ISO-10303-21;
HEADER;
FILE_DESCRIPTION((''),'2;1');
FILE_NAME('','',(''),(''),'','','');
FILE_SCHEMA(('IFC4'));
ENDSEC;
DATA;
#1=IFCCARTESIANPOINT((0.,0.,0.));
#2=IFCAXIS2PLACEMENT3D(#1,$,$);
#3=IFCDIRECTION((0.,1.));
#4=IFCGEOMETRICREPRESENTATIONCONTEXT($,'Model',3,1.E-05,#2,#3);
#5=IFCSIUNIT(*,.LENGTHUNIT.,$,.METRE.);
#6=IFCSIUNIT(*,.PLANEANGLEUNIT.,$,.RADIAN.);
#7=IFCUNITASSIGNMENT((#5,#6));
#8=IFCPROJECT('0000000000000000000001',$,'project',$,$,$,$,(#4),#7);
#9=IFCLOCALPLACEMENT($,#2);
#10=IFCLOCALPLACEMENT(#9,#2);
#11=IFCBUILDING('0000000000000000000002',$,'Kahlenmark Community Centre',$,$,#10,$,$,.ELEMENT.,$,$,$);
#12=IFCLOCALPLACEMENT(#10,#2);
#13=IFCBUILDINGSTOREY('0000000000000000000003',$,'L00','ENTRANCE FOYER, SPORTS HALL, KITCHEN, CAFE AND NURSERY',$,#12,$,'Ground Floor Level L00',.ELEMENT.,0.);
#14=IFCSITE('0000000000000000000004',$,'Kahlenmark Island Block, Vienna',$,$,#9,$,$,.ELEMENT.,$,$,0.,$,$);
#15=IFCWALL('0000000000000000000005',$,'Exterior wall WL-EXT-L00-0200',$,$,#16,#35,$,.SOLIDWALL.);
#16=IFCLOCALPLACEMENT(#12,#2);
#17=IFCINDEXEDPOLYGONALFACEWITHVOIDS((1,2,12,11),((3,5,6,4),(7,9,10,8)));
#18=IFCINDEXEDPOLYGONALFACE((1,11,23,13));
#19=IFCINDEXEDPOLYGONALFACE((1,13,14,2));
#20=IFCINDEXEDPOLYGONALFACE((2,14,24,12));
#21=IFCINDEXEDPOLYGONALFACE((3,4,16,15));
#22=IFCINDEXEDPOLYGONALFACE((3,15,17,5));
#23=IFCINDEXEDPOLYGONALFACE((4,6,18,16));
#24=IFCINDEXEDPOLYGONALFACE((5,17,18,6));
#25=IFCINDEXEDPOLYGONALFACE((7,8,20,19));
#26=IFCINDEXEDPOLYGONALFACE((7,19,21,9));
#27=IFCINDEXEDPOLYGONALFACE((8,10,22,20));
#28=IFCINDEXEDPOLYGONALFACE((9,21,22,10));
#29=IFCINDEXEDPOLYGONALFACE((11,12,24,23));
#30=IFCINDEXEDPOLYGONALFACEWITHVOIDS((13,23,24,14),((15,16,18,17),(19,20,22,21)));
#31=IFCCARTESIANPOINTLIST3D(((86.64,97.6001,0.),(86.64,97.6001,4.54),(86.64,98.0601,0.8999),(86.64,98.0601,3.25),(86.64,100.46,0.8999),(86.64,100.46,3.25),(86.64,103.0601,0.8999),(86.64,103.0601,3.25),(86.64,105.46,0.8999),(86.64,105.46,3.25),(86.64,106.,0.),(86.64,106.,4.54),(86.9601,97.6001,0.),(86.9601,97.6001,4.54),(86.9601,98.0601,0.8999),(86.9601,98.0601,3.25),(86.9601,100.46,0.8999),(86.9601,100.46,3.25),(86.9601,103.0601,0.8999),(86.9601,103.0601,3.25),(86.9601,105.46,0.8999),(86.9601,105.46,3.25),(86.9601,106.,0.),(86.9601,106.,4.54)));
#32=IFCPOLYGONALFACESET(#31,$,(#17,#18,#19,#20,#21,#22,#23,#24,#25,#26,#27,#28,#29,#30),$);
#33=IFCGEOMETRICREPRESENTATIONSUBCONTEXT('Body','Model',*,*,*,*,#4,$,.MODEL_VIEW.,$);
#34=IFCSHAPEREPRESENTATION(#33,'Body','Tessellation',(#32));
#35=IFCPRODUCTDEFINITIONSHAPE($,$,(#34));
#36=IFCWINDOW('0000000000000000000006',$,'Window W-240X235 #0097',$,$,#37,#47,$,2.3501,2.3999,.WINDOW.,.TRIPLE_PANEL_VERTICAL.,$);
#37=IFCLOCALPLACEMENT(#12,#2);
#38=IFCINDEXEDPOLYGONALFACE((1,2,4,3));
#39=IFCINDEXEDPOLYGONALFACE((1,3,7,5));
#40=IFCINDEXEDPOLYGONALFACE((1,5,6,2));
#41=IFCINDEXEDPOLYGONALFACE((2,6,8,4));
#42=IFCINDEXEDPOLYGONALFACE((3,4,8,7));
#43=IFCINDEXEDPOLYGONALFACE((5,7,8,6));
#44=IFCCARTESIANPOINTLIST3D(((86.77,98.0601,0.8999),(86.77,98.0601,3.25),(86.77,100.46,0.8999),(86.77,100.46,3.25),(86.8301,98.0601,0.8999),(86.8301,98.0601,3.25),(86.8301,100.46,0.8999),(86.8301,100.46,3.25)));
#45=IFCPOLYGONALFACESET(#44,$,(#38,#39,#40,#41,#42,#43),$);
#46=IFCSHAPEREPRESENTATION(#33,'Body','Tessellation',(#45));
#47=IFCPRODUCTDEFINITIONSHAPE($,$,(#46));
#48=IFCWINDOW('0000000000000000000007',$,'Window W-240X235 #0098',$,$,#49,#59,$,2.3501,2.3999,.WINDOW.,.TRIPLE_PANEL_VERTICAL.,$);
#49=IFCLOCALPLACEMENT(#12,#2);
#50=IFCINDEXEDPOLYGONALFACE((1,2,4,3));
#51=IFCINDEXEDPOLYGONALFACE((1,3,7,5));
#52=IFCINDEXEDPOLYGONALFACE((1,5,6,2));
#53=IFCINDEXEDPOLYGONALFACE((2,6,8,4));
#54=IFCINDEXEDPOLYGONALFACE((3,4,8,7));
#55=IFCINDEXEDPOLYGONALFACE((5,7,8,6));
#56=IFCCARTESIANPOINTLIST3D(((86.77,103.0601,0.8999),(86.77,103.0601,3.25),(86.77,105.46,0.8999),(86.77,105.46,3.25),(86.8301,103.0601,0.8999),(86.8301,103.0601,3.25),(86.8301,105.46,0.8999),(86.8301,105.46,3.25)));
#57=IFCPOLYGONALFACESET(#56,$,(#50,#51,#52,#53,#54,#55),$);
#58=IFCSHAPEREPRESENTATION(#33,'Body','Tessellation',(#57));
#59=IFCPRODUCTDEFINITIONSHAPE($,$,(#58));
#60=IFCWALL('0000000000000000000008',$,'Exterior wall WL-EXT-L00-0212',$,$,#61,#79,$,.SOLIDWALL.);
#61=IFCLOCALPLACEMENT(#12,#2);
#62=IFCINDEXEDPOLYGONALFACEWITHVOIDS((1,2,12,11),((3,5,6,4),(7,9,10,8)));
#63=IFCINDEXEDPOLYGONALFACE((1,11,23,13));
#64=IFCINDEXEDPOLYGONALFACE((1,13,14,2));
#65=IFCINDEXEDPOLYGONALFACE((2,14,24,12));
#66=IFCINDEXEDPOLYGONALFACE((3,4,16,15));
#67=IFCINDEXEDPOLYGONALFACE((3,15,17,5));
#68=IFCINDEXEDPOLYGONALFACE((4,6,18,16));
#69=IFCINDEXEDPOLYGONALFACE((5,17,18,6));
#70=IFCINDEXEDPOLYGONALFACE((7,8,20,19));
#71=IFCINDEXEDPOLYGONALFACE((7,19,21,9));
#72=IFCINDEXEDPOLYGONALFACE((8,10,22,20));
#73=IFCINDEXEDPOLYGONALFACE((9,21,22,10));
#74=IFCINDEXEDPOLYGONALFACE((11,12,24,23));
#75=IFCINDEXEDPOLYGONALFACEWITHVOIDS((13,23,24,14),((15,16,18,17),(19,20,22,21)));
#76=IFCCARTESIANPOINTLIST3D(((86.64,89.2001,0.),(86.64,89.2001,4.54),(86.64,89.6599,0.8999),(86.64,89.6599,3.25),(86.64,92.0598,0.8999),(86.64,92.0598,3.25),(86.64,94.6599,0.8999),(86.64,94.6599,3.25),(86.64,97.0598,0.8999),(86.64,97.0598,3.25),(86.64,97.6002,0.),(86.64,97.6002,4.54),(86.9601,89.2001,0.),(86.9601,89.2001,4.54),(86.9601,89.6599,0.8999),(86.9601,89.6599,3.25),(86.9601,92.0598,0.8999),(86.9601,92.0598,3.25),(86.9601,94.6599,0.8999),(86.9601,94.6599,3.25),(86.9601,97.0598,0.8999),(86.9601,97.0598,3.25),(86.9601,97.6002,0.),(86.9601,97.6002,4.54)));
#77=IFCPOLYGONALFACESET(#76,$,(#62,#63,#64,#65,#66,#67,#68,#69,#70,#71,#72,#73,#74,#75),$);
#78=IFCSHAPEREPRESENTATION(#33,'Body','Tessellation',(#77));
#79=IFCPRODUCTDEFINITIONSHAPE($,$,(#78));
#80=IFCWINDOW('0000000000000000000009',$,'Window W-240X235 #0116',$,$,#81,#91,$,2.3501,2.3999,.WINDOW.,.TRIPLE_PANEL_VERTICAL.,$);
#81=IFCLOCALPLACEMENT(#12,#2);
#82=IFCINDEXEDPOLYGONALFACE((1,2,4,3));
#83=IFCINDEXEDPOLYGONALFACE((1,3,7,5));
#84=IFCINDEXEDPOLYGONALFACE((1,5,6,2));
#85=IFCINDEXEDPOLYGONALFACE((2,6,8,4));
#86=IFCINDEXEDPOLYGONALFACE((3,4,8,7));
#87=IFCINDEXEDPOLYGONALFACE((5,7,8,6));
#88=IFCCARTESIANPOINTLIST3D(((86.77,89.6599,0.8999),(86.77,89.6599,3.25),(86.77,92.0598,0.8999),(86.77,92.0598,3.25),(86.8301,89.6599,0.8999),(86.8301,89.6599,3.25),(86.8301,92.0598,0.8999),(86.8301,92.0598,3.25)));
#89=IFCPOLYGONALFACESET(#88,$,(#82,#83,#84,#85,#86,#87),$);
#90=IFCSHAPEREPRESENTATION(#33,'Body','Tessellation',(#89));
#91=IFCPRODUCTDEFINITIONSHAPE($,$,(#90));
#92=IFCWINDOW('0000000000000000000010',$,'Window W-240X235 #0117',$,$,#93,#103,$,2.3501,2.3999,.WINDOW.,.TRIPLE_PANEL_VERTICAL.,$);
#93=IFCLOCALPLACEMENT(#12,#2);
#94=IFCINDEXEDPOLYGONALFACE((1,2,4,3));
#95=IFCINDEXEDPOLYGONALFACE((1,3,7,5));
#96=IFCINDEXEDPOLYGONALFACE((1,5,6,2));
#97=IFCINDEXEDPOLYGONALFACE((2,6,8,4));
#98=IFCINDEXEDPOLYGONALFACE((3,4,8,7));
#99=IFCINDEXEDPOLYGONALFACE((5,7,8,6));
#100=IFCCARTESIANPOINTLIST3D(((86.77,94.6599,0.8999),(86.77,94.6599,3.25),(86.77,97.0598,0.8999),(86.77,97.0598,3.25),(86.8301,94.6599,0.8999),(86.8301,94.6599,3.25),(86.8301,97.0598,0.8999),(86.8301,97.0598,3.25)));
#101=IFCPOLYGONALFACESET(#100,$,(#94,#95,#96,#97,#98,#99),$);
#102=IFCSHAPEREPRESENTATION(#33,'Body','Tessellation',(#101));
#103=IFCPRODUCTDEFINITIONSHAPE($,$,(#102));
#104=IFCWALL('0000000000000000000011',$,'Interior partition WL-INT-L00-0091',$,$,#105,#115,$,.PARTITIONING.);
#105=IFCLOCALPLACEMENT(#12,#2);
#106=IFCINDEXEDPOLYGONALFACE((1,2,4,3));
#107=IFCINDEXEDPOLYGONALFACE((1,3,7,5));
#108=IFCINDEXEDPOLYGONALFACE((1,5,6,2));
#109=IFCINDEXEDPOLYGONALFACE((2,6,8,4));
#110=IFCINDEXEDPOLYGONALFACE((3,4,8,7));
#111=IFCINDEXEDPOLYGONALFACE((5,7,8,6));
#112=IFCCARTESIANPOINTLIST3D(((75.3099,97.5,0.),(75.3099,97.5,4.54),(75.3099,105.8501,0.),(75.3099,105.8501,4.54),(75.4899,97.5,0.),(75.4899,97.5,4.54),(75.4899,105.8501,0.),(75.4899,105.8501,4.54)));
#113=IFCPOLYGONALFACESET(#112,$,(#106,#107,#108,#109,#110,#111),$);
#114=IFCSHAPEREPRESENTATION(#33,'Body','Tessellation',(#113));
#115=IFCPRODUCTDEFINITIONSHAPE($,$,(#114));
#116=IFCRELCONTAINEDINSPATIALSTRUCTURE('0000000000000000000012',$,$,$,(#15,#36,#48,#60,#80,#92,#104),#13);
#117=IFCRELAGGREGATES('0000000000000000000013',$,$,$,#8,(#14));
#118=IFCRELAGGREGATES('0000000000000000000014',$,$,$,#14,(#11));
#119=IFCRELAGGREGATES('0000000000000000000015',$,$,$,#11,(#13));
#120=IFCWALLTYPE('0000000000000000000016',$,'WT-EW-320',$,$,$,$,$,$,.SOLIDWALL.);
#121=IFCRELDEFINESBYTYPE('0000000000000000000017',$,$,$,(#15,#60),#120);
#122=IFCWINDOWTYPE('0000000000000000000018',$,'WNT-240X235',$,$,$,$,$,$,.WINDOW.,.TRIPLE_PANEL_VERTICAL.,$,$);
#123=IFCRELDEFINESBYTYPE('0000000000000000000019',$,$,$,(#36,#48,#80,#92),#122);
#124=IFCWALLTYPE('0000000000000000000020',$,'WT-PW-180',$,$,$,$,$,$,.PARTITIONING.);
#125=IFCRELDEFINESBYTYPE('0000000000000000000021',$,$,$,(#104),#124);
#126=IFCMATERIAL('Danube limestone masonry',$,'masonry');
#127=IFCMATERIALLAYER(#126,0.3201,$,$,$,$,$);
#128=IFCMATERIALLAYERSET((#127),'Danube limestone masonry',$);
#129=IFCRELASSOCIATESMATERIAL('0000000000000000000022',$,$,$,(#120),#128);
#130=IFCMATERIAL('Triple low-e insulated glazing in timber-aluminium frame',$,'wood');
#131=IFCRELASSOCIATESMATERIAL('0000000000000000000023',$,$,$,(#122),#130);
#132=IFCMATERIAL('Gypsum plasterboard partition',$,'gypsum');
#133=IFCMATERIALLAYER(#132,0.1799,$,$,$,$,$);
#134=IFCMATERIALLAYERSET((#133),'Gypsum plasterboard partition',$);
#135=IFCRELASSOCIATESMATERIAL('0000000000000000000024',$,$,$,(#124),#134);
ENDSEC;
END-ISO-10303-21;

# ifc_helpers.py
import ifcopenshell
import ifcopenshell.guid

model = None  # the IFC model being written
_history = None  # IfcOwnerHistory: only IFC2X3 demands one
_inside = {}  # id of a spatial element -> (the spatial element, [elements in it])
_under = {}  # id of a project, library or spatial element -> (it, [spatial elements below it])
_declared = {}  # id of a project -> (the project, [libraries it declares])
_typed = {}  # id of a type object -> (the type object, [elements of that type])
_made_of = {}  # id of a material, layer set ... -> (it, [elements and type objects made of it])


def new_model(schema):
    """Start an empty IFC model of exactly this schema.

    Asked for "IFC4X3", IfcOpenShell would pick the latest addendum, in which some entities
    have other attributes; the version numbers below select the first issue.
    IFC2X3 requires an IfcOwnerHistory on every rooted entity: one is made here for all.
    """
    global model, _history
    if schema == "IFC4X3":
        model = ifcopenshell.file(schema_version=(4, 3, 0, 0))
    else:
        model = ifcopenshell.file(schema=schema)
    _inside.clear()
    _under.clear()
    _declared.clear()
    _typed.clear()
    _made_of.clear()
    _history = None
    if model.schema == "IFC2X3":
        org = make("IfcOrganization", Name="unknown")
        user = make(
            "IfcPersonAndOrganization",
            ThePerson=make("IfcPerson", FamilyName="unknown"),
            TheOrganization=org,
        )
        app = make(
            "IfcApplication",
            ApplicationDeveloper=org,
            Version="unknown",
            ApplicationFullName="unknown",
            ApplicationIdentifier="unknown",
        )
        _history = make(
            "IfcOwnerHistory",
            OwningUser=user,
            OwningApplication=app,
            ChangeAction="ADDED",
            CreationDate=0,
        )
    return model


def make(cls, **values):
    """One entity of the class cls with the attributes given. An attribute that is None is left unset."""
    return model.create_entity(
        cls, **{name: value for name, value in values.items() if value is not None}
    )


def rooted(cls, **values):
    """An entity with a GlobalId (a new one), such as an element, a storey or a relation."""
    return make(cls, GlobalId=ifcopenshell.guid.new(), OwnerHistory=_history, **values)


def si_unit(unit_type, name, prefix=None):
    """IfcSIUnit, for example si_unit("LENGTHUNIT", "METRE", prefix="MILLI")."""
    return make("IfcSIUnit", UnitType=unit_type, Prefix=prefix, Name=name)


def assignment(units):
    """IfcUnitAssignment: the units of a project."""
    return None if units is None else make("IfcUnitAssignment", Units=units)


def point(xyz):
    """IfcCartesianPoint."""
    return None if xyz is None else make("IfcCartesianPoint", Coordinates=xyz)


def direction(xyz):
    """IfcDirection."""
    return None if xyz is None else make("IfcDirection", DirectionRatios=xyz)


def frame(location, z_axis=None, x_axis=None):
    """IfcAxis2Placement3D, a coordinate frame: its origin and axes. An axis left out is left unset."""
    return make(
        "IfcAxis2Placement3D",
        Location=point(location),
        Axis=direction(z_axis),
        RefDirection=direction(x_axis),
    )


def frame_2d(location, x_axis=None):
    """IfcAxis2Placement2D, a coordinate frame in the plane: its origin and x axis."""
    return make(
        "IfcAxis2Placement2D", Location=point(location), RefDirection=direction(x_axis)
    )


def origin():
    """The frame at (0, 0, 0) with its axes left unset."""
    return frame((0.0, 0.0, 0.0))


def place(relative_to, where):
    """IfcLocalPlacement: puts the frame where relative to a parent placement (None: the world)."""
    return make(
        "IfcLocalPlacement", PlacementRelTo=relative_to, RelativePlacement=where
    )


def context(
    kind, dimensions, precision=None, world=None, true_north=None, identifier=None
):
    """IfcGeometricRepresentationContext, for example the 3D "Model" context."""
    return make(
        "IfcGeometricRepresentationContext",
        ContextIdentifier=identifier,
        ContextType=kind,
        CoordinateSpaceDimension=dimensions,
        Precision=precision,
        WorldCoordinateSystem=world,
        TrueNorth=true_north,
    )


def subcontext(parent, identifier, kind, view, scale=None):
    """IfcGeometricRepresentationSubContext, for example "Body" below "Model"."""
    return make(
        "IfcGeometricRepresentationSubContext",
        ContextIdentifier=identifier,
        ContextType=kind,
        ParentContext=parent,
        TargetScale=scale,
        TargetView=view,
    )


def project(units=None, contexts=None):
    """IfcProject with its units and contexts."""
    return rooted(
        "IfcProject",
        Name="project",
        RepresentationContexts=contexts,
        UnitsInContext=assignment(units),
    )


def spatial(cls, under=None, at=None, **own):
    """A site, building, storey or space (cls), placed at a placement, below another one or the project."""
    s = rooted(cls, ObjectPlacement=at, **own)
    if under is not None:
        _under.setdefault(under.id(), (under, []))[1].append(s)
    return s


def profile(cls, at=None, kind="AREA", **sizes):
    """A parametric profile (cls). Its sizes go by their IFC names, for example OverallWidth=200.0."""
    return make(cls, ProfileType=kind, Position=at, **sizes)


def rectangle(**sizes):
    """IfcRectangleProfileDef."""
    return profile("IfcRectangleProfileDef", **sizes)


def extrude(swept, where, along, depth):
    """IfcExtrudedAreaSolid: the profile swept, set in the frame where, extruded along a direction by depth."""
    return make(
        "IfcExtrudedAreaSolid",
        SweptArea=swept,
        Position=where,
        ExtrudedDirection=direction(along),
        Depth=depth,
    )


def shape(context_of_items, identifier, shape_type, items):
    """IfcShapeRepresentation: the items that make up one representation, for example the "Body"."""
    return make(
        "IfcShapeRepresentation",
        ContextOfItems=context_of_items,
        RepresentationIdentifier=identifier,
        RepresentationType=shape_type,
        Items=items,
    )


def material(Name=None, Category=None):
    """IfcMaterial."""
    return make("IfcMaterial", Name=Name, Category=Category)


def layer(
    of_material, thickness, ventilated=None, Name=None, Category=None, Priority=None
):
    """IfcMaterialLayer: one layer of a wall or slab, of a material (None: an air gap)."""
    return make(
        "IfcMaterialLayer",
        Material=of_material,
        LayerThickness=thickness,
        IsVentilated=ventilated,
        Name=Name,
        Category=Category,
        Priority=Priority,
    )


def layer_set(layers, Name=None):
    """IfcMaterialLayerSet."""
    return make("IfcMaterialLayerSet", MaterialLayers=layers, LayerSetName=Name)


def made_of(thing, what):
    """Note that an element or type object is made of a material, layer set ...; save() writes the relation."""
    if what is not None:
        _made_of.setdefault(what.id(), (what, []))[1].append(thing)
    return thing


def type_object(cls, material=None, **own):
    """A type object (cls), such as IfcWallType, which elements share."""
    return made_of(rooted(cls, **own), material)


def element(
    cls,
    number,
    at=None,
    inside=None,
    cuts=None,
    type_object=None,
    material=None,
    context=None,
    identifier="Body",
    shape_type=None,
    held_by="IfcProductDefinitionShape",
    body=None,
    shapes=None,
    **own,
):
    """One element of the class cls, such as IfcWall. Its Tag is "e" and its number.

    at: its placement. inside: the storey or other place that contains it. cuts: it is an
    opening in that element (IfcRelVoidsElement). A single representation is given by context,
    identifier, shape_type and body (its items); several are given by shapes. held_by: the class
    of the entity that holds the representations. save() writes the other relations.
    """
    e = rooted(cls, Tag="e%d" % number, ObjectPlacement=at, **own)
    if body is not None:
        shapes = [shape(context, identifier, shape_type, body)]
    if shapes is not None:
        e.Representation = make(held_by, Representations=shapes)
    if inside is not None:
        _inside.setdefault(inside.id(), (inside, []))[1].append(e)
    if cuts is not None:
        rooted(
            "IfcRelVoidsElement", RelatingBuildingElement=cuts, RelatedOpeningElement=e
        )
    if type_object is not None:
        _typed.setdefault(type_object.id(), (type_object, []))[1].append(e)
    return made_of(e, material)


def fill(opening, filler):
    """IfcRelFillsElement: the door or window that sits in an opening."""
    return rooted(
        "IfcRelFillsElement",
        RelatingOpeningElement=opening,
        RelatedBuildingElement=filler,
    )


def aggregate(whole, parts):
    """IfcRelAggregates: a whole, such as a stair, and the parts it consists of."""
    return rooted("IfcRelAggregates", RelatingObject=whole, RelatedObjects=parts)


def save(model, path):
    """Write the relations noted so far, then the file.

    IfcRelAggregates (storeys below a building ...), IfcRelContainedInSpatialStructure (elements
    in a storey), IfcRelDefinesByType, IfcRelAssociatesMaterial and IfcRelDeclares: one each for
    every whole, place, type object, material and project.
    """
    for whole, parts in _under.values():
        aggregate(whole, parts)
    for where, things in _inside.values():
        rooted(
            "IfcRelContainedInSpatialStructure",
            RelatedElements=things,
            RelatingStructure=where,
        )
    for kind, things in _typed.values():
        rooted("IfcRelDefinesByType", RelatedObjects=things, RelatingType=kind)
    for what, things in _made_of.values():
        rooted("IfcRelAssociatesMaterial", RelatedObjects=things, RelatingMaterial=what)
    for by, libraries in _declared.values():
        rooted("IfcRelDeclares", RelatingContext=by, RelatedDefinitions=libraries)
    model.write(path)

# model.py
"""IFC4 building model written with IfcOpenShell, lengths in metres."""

from ifc_helpers import new_model, si_unit, direction, frame, frame_2d, origin, place, context, subcontext, project, spatial, rectangle, extrude, material, layer, layer_set, type_object, element, fill, save


model = new_model("IFC4")

# Units and contexts
model_context = context("Model", 3, precision=1e-05, world=origin(), true_north=direction((0.0, 1.0)))
body_context = subcontext(model_context, "Body", "Model", "MODEL_VIEW")
ifc_project = project(units=[si_unit("LENGTHUNIT", "METRE"), si_unit("PLANEANGLEUNIT", "RADIAN")], contexts=[model_context])

# Site, building, storey
site_placement = place(None, origin())
site = spatial("IfcSite", under=ifc_project, at=site_placement, Name="Kahlenmark Island Block, Vienna", CompositionType="ELEMENT", RefElevation=0.0)
building_placement = place(site_placement, origin())
building = spatial("IfcBuilding", under=site, at=building_placement, Name="Kahlenmark Community Centre", CompositionType="ELEMENT")
storey_placement = place(building_placement, origin())
storey = spatial("IfcBuildingStorey", under=building, at=storey_placement, Name="L00", Description="ENTRANCE FOYER, SPORTS HALL, KITCHEN, CAFE AND NURSERY", LongName="Ground Floor Level L00", CompositionType="ELEMENT", Elevation=0.0)

# Walls, openings, windows
ifc_material_1 = material(Name="Danube limestone masonry", Category="masonry")
ifc_layer_1 = layer(ifc_material_1, 0.3201)
ifc_layer_set_1 = layer_set([ifc_layer_1], Name="Danube limestone masonry")
wall_type_1 = type_object("IfcWallType", Name="WT-EW-320", PredefinedType="SOLIDWALL", material=ifc_layer_set_1)
wall_1_placement = place(storey_placement, frame((86.8, 97.6001, 0.0), z_axis=(0.0, 0.0, 1.0), x_axis=(0.0, 1.0, 0.0)))
wall_1 = element("IfcWall", 1, at=wall_1_placement, inside=storey, type_object=wall_type_1, Name="Exterior wall WL-EXT-L00-0200", PredefinedType="SOLIDWALL", context=body_context, shape_type="SweptSolid", body=[
    extrude(rectangle(XDim=8.3999, YDim=0.3201, at=frame_2d((4.2, 0.0))), origin(), (0.0, 0.0, 1.0), 4.54),
])
opening_1_placement = place(wall_1_placement, frame((0.46, 0.0, 0.8999)))
opening_1 = element("IfcOpeningElement", 2, at=opening_1_placement, cuts=wall_1, PredefinedType="OPENING", context=body_context, shape_type="SweptSolid", body=[
    extrude(rectangle(XDim=2.3999, YDim=2.3501, at=frame_2d((1.2, 1.175))), frame((0.0, 0.1699, 0.0), z_axis=(0.0, -1.0, 0.0), x_axis=(1.0, 0.0, 0.0)), (0.0, 0.0, 1.0), 0.3401),
])
opening_2_placement = place(wall_1_placement, frame((5.46, 0.0, 0.8999)))
opening_2 = element("IfcOpeningElement", 3, at=opening_2_placement, cuts=wall_1, PredefinedType="OPENING", context=body_context, shape_type="SweptSolid", body=[
    extrude(rectangle(XDim=2.3999, YDim=2.3501, at=frame_2d((1.2, 1.175))), frame((0.0, 0.1699, 0.0), z_axis=(0.0, -1.0, 0.0), x_axis=(1.0, 0.0, 0.0)), (0.0, 0.0, 1.0), 0.3401),
])
ifc_material_2 = material(Name="Triple low-e insulated glazing in timber-aluminium frame", Category="wood")
window_type = type_object("IfcWindowType", Name="WNT-240X235", PartitioningType="TRIPLE_PANEL_VERTICAL", PredefinedType="WINDOW", material=ifc_material_2)
window_1_placement = place(opening_1_placement, origin())
window_1 = element("IfcWindow", 4, at=window_1_placement, inside=storey, type_object=window_type, Name="Window W-240X235 #0097", OverallHeight=2.3501, OverallWidth=2.3999, PartitioningType="TRIPLE_PANEL_VERTICAL", PredefinedType="WINDOW", context=body_context, shape_type="SweptSolid", body=[
    extrude(rectangle(XDim=2.3999, YDim=2.3501, at=frame_2d((1.2, 1.175))), frame((0.0, 0.03, 0.0), z_axis=(0.0, -1.0, 0.0), x_axis=(1.0, 0.0, 0.0)), (0.0, 0.0, 1.0), 0.0601),
])
fill(opening_1, window_1)
window_2_placement = place(opening_2_placement, origin())
window_2 = element("IfcWindow", 5, at=window_2_placement, inside=storey, type_object=window_type, Name="Window W-240X235 #0098", OverallHeight=2.3501, OverallWidth=2.3999, PartitioningType="TRIPLE_PANEL_VERTICAL", PredefinedType="WINDOW", context=body_context, shape_type="SweptSolid", body=[
    extrude(rectangle(XDim=2.3999, YDim=2.3501, at=frame_2d((1.2, 1.175))), frame((0.0, 0.03, 0.0), z_axis=(0.0, -1.0, 0.0), x_axis=(1.0, 0.0, 0.0)), (0.0, 0.0, 1.0), 0.0601),
])
fill(opening_2, window_2)
wall_2_placement = place(storey_placement, frame((86.8, 89.2, 0.0), z_axis=(0.0, 0.0, 1.0), x_axis=(0.0, 1.0, 0.0)))
wall_2 = element("IfcWall", 6, at=wall_2_placement, inside=storey, type_object=wall_type_1, Name="Exterior wall WL-EXT-L00-0212", PredefinedType="SOLIDWALL", context=body_context, shape_type="SweptSolid", body=[
    extrude(rectangle(XDim=8.4001, YDim=0.3201, at=frame_2d((4.2002, 0.0))), origin(), (0.0, 0.0, 1.0), 4.54),
])
opening_3_placement = place(wall_2_placement, frame((0.46, 0.0, 0.8999)))
opening_3 = element("IfcOpeningElement", 7, at=opening_3_placement, cuts=wall_2, PredefinedType="OPENING", context=body_context, shape_type="SweptSolid", body=[
    extrude(rectangle(XDim=2.3999, YDim=2.3501, at=frame_2d((1.2, 1.175))), frame((0.0, 0.1699, 0.0), z_axis=(0.0, -1.0, 0.0), x_axis=(1.0, 0.0, 0.0)), (0.0, 0.0, 1.0), 0.3401),
])
opening_4_placement = place(wall_2_placement, frame((5.46, 0.0, 0.8999)))
opening_4 = element("IfcOpeningElement", 8, at=opening_4_placement, cuts=wall_2, PredefinedType="OPENING", context=body_context, shape_type="SweptSolid", body=[
    extrude(rectangle(XDim=2.3999, YDim=2.3501, at=frame_2d((1.2, 1.175))), frame((0.0, 0.1699, 0.0), z_axis=(0.0, -1.0, 0.0), x_axis=(1.0, 0.0, 0.0)), (0.0, 0.0, 1.0), 0.3401),
])
window_3_placement = place(opening_3_placement, origin())
window_3 = element("IfcWindow", 9, at=window_3_placement, inside=storey, type_object=window_type, Name="Window W-240X235 #0116", OverallHeight=2.3501, OverallWidth=2.3999, PartitioningType="TRIPLE_PANEL_VERTICAL", PredefinedType="WINDOW", context=body_context, shape_type="SweptSolid", body=[
    extrude(rectangle(XDim=2.3999, YDim=2.3501, at=frame_2d((1.2, 1.175))), frame((0.0, 0.03, 0.0), z_axis=(0.0, -1.0, 0.0), x_axis=(1.0, 0.0, 0.0)), (0.0, 0.0, 1.0), 0.0601),
])
fill(opening_3, window_3)
window_4_placement = place(opening_4_placement, origin())
window_4 = element("IfcWindow", 10, at=window_4_placement, inside=storey, type_object=window_type, Name="Window W-240X235 #0117", OverallHeight=2.3501, OverallWidth=2.3999, PartitioningType="TRIPLE_PANEL_VERTICAL", PredefinedType="WINDOW", context=body_context, shape_type="SweptSolid", body=[
    extrude(rectangle(XDim=2.3999, YDim=2.3501, at=frame_2d((1.2, 1.175))), frame((0.0, 0.03, 0.0), z_axis=(0.0, -1.0, 0.0), x_axis=(1.0, 0.0, 0.0)), (0.0, 0.0, 1.0), 0.0601),
])
fill(opening_4, window_4)

# Wall
ifc_material_3 = material(Name="Gypsum plasterboard partition", Category="gypsum")
ifc_layer_2 = layer(ifc_material_3, 0.1799)
ifc_layer_set_2 = layer_set([ifc_layer_2], Name="Gypsum plasterboard partition")
wall_type_2 = type_object("IfcWallType", Name="WT-PW-180", PredefinedType="PARTITIONING", material=ifc_layer_set_2)
wall_3_placement = place(storey_placement, frame((75.3999, 97.5, 0.0), z_axis=(0.0, 0.0, 1.0), x_axis=(0.0, 1.0, 0.0)))
element("IfcWall", 11, at=wall_3_placement, inside=storey, type_object=wall_type_2, Name="Interior partition WL-INT-L00-0091", PredefinedType="PARTITIONING", context=body_context, shape_type="SweptSolid", body=[
    extrude(rectangle(XDim=8.3501, YDim=0.1799, at=frame_2d((4.175, 0.0))), origin(), (0.0, 0.0, 1.0), 4.54),
])

save(model, "model.ifc")
